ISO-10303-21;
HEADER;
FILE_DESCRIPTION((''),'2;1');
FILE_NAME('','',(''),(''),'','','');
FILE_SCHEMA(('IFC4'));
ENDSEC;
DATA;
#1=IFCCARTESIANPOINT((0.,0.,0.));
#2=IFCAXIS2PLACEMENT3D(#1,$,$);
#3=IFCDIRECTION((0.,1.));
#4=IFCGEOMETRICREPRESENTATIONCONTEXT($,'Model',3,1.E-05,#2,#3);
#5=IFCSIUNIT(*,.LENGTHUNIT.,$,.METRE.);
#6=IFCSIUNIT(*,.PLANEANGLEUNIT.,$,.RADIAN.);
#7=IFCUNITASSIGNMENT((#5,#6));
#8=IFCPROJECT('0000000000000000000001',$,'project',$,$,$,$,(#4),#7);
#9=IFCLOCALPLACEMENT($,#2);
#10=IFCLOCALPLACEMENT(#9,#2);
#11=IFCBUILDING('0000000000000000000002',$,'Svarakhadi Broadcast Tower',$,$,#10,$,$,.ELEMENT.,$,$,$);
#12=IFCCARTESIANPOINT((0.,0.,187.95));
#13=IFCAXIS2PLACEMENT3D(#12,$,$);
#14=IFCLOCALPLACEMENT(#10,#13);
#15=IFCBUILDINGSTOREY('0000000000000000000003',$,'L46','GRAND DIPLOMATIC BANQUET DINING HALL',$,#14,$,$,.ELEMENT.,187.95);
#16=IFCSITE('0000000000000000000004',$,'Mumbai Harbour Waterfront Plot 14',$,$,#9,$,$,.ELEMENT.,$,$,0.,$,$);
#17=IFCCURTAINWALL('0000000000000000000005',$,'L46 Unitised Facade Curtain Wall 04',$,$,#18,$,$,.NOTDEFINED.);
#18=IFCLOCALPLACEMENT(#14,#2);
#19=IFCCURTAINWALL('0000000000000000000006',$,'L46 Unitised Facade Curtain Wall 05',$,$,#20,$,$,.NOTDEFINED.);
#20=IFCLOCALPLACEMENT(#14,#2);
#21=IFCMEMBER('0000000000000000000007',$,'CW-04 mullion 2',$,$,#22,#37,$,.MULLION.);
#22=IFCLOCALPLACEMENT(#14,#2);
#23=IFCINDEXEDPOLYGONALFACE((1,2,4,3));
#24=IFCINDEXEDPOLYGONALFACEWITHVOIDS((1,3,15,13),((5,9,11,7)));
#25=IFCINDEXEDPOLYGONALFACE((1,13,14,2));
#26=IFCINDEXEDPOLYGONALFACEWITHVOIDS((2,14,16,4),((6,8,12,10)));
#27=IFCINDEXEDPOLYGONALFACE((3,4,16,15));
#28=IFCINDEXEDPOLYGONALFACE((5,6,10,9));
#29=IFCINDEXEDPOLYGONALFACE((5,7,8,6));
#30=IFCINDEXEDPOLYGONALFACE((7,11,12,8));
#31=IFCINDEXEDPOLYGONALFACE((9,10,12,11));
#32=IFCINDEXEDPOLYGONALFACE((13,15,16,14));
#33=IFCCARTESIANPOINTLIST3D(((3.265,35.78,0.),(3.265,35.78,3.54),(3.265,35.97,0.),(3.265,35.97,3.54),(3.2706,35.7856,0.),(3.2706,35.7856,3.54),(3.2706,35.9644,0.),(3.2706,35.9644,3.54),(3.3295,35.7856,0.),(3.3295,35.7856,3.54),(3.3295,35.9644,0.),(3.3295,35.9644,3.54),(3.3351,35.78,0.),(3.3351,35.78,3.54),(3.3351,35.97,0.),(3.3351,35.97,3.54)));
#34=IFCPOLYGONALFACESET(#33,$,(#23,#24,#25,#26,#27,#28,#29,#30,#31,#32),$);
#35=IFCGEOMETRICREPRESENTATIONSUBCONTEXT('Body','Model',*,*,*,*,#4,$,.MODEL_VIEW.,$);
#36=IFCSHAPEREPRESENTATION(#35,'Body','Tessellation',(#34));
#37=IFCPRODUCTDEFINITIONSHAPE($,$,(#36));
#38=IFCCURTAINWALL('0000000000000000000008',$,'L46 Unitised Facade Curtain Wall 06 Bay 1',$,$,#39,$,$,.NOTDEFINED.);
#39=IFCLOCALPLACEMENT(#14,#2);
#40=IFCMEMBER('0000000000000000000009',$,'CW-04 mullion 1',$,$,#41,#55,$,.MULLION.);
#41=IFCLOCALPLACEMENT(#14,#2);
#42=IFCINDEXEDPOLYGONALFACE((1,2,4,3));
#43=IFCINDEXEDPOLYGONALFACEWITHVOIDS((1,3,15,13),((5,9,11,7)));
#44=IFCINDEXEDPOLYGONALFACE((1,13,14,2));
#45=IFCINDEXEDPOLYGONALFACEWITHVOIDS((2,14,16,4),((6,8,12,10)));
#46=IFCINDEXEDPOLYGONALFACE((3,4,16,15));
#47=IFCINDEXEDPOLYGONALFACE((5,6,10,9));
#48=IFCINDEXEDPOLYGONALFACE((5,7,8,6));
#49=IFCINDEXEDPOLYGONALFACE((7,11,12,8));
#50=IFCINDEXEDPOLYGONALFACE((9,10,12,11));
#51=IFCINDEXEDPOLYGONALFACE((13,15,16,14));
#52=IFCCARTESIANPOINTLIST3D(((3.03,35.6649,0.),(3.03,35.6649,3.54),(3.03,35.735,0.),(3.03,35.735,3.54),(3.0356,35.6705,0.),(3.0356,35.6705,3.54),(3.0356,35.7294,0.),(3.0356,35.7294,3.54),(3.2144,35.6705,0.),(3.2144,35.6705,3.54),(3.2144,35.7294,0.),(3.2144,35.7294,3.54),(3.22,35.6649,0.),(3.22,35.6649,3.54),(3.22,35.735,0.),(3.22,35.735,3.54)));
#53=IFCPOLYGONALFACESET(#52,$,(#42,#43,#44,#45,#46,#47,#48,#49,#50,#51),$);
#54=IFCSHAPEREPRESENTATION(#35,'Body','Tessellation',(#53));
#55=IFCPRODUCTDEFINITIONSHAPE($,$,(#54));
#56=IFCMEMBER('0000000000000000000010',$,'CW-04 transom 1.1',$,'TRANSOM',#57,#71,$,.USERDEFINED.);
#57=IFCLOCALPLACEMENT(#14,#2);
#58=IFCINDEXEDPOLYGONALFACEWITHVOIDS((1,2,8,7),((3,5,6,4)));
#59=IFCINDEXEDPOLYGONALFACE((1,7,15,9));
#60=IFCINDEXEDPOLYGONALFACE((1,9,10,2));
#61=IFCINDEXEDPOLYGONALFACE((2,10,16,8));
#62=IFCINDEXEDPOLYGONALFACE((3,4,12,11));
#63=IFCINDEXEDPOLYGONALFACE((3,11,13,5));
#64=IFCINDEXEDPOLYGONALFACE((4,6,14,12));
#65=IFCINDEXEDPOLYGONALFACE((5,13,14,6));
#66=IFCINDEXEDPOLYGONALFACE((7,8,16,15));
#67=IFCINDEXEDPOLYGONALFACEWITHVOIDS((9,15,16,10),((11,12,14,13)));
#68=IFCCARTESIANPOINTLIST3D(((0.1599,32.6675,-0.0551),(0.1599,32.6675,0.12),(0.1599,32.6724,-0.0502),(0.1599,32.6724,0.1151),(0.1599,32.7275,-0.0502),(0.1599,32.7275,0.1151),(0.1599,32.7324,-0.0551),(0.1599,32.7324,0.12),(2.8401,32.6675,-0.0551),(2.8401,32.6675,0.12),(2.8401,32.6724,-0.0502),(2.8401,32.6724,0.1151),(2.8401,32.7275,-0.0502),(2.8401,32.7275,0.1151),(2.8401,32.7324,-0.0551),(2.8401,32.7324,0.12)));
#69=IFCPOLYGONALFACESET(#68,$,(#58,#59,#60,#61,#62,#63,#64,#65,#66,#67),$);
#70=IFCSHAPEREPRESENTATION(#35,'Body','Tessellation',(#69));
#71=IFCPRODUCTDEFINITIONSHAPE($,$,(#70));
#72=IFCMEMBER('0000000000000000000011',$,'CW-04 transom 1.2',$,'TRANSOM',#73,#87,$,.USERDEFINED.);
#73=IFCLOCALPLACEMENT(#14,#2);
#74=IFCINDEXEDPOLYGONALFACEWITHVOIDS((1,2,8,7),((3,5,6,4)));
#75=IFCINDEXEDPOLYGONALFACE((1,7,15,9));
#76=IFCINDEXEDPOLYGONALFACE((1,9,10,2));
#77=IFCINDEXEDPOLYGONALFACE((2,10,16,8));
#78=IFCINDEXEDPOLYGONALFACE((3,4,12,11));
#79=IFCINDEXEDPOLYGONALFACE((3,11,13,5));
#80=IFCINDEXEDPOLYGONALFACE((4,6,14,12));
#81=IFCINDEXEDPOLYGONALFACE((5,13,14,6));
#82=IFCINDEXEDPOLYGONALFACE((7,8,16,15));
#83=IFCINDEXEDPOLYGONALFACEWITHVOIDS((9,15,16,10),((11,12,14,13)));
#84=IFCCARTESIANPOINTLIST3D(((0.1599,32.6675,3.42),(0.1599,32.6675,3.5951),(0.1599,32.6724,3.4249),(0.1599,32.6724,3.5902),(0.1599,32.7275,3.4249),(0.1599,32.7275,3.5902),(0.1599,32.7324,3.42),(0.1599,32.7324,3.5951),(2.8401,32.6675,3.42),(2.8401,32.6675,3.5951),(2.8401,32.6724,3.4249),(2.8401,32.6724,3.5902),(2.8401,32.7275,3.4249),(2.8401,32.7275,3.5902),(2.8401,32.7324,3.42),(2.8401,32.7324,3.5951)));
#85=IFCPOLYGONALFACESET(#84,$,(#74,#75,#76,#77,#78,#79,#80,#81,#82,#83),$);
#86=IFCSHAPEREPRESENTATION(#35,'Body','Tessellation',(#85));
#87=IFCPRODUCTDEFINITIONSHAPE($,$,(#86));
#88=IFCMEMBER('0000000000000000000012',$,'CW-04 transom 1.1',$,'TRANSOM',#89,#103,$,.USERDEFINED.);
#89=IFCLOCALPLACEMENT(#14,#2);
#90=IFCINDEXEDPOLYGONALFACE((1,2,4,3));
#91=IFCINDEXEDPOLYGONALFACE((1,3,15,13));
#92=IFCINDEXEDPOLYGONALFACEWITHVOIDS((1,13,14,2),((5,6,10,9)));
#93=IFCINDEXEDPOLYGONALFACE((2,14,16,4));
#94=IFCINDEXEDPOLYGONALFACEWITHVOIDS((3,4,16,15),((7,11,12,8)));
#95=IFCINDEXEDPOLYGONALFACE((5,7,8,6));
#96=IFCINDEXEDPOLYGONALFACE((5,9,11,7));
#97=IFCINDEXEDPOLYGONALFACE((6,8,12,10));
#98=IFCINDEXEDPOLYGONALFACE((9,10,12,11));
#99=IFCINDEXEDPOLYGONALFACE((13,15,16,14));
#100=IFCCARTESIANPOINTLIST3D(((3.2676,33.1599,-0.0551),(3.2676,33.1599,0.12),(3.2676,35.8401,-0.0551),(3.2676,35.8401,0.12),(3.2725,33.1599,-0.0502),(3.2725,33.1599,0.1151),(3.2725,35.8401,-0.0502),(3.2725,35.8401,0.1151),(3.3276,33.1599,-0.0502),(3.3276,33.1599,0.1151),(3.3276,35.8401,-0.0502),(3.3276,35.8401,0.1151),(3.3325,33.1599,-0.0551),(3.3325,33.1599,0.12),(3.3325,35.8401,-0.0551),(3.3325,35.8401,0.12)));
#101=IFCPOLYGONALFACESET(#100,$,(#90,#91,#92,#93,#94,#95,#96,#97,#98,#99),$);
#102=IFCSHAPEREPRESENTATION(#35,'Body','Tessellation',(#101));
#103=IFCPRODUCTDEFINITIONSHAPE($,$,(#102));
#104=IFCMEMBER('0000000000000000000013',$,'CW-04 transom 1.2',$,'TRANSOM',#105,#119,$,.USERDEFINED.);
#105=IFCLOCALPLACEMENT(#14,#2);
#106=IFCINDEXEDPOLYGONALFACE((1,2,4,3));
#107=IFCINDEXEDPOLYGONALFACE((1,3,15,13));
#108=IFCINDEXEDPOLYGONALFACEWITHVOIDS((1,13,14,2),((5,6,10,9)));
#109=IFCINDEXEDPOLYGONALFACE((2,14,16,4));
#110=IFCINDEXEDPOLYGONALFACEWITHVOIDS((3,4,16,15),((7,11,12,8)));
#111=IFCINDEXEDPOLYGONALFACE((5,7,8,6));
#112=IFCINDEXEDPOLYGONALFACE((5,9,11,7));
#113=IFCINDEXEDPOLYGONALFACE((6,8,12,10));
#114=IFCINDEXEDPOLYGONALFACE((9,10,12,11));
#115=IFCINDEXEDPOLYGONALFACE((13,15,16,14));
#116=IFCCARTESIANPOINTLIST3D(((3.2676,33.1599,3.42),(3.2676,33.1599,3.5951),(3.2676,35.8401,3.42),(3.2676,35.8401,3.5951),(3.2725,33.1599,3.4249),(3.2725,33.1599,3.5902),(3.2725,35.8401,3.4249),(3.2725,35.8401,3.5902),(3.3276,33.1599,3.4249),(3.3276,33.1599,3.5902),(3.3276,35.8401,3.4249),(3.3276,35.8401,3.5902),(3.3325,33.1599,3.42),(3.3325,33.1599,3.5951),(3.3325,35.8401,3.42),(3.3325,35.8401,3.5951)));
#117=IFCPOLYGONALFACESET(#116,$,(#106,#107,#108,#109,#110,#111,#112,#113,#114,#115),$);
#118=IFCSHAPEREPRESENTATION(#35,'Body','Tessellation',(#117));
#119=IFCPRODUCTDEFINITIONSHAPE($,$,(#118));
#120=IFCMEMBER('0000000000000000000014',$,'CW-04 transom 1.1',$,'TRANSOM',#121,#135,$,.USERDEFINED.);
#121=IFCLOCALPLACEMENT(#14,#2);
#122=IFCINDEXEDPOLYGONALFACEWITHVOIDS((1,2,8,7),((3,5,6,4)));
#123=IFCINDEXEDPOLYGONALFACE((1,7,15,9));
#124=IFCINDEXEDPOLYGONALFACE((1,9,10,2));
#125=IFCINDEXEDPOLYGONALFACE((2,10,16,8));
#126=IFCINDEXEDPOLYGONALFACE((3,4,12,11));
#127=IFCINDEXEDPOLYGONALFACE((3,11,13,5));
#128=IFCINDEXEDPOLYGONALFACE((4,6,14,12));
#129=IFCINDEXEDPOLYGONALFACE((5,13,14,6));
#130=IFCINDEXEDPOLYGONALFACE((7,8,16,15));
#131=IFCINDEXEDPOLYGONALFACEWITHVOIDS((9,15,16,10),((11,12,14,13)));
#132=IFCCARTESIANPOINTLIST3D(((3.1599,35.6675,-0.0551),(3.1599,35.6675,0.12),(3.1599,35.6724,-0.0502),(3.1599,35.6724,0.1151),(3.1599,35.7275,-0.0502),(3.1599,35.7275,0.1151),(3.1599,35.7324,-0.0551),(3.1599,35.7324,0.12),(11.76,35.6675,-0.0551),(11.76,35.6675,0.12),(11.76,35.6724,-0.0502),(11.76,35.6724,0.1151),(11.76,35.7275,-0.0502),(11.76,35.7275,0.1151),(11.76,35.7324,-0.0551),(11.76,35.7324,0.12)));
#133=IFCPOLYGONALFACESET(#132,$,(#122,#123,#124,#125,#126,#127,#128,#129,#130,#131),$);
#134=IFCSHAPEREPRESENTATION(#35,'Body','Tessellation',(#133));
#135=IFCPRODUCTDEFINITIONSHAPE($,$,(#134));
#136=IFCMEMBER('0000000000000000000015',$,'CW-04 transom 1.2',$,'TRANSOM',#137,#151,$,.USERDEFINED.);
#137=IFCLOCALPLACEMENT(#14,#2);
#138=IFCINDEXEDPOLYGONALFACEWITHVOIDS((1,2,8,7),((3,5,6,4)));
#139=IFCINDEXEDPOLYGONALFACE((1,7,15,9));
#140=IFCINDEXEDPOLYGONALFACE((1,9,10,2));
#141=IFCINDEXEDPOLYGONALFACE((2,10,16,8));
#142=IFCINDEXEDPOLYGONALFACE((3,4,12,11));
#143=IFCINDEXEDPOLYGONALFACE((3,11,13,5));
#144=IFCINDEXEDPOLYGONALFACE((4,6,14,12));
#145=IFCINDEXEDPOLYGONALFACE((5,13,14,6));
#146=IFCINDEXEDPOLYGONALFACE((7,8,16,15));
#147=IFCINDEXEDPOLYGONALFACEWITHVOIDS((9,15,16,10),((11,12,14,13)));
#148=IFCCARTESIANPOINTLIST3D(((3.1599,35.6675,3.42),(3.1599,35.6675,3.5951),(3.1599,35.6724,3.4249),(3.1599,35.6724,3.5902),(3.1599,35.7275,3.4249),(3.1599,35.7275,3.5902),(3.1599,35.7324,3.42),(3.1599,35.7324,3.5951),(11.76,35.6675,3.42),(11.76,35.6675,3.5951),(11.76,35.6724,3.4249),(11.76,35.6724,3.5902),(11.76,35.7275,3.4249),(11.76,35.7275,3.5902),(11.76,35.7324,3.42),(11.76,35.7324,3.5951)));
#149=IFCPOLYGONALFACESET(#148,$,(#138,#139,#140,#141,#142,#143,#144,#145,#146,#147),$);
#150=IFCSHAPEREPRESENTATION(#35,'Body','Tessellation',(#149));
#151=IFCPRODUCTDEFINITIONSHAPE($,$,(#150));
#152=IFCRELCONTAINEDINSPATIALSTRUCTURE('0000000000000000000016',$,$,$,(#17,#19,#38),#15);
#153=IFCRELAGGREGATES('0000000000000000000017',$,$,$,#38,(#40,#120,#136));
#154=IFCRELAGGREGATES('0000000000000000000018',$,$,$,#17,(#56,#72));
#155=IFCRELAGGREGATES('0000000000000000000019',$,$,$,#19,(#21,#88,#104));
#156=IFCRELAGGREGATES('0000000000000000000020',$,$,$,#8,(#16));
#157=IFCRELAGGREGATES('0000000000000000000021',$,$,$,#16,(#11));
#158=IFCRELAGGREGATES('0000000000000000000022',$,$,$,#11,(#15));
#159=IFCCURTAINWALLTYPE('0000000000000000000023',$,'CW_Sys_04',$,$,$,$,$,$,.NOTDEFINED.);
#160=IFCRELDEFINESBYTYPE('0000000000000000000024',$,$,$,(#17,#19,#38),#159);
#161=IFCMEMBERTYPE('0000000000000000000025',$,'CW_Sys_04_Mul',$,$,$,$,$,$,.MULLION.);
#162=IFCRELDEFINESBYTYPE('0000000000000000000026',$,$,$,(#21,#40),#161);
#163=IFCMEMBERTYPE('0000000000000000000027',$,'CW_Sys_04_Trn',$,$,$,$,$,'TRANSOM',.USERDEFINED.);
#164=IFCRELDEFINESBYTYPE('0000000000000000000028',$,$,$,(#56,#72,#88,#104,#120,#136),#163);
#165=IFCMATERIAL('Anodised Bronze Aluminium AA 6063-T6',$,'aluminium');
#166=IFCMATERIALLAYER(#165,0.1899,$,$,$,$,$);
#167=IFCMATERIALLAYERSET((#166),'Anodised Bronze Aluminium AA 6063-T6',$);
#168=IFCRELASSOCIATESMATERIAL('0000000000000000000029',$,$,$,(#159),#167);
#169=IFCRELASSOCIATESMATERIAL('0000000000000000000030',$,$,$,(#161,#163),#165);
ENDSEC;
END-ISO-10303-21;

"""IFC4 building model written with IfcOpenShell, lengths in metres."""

from ifc_helpers import new_model, si_unit, direction, frame, origin, origin_2d, place, context, subcontext, project, spatial, hollow_rectangle, extrude, material, layer, layer_set, material_profile, profile_set, type_object, element, aggregate, save


model = new_model("IFC4")

# Units and contexts
model_context = context("Model", 3, precision=1e-05, world=origin(), true_north=direction((0.0, 1.0)))
body_context = subcontext(model_context, "Body", "Model", "MODEL_VIEW")
ifc_project = project(units=[si_unit("LENGTHUNIT", "METRE"), si_unit("PLANEANGLEUNIT", "RADIAN")], contexts=[model_context])

# Site, building, storey
site_placement = place(None, origin())
site = spatial("IfcSite", under=ifc_project, at=site_placement, Name="Mumbai Harbour Waterfront Plot 14", CompositionType="ELEMENT", RefElevation=0.0)
building_placement = place(site_placement, origin())
building = spatial("IfcBuilding", under=site, at=building_placement, Name="Svarakhadi Broadcast Tower", CompositionType="ELEMENT")
storey_placement = place(building_placement, frame((0.0, 0.0, 187.95)))
storey = spatial("IfcBuildingStorey", under=building, at=storey_placement, Name="L46", Description="GRAND DIPLOMATIC BANQUET DINING HALL", CompositionType="ELEMENT", Elevation=187.95)

# Shared definitions
ifc_material_1 = material(Name="Anodised Bronze Aluminium AA 6063-T6", Category="aluminium")
ifc_layer_1 = layer(ifc_material_1, 0.1899)
ifc_layer_set_1 = layer_set([ifc_layer_1], Name="Anodised Bronze Aluminium AA 6063-T6")
curtain_wall_type = type_object("IfcCurtainWallType", Name="CW_Sys_04", PredefinedType="NOTDEFINED", material=ifc_layer_set_1)
ifc_material_profile_1 = material_profile(ifc_material_1, hollow_rectangle(XDim=0.0701, YDim=0.1899, WallThickness=0.0056, at=origin_2d()), Name="ALU MULLION 190x70x6")
ifc_profile_set_1 = profile_set([ifc_material_profile_1], Name="Anodised Bronze Aluminium AA 6063-T6")
member_type_1 = type_object("IfcMemberType", Name="CW_Sys_04_Mul", PredefinedType="MULLION", material=ifc_profile_set_1)

# Curtain walls, member
curtain_wall_1_placement = place(storey_placement, origin())
curtain_wall_1 = element("IfcCurtainWall", 1, at=curtain_wall_1_placement, inside=storey, type_object=curtain_wall_type, Name="L46 Unitised Facade Curtain Wall 04", PredefinedType="NOTDEFINED")
curtain_wall_2_placement = place(storey_placement, origin())
curtain_wall_2 = element("IfcCurtainWall", 2, at=curtain_wall_2_placement, inside=storey, type_object=curtain_wall_type, Name="L46 Unitised Facade Curtain Wall 05", PredefinedType="NOTDEFINED")
member_1_placement = place(storey_placement, frame((3.3, 35.875, 0.0), z_axis=(0.0, 0.0, 1.0), x_axis=(-1.0, 0.0, 0.0)))
member_1 = element("IfcMember", 3, at=member_1_placement, type_object=member_type_1, Name="CW-04 mullion 2", PredefinedType="MULLION", context=body_context, shape_type="SweptSolid", body=[
    extrude(hollow_rectangle(XDim=0.0701, YDim=0.1899, WallThickness=0.0056, at=origin_2d()), origin(), (0.0, 0.0, 1.0), 3.54),
])

# Curtain wall, member
curtain_wall_3_placement = place(storey_placement, origin())
curtain_wall_3 = element("IfcCurtainWall", 4, at=curtain_wall_3_placement, inside=storey, type_object=curtain_wall_type, Name="L46 Unitised Facade Curtain Wall 06 Bay 1", PredefinedType="NOTDEFINED")
member_2_placement = place(storey_placement, frame((3.125, 35.7, 0.0), z_axis=(0.0, 0.0, 1.0), x_axis=(0.0, 1.0, 0.0)))
member_2 = element("IfcMember", 5, at=member_2_placement, type_object=member_type_1, Name="CW-04 mullion 1", PredefinedType="MULLION", context=body_context, shape_type="SweptSolid", body=[
    extrude(hollow_rectangle(XDim=0.0701, YDim=0.1899, WallThickness=0.0056, at=origin_2d()), origin(), (0.0, 0.0, 1.0), 3.54),
])

# Members
ifc_material_profile_2 = material_profile(ifc_material_1, hollow_rectangle(XDim=0.0649, YDim=0.175, WallThickness=0.0049, at=origin_2d()), Name="ALU TRANSOM 175x65x5")
ifc_profile_set_2 = profile_set([ifc_material_profile_2], Name="Anodised Bronze Aluminium AA 6063-T6")
member_type_2 = type_object("IfcMemberType", Name="CW_Sys_04_Trn", ElementType="TRANSOM", PredefinedType="USERDEFINED", material=ifc_profile_set_2)
member_3_placement = place(storey_placement, frame((0.1599, 32.7, 0.0325), z_axis=(1.0, 0.0, 0.0), x_axis=(0.0, 1.0, 0.0)))
member_3 = element("IfcMember", 6, at=member_3_placement, type_object=member_type_2, Name="CW-04 transom 1.1", ObjectType="TRANSOM", PredefinedType="USERDEFINED", context=body_context, shape_type="SweptSolid", body=[
    extrude(hollow_rectangle(XDim=0.0649, YDim=0.175, WallThickness=0.0049, at=origin_2d()), origin(), (0.0, 0.0, 1.0), 2.6802),
])
member_4_placement = place(storey_placement, frame((0.1599, 32.7, 3.5076), z_axis=(1.0, 0.0, 0.0), x_axis=(0.0, 1.0, 0.0)))
member_4 = element("IfcMember", 7, at=member_4_placement, type_object=member_type_2, Name="CW-04 transom 1.2", ObjectType="TRANSOM", PredefinedType="USERDEFINED", context=body_context, shape_type="SweptSolid", body=[
    extrude(hollow_rectangle(XDim=0.0649, YDim=0.175, WallThickness=0.0049, at=origin_2d()), origin(), (0.0, 0.0, 1.0), 2.6802),
])
member_5_placement = place(storey_placement, frame((3.3, 33.1599, 0.0325), z_axis=(0.0, 1.0, 0.0), x_axis=(-1.0, 0.0, 0.0)))
member_5 = element("IfcMember", 8, at=member_5_placement, type_object=member_type_2, Name="CW-04 transom 1.1", ObjectType="TRANSOM", PredefinedType="USERDEFINED", context=body_context, shape_type="SweptSolid", body=[
    extrude(hollow_rectangle(XDim=0.0649, YDim=0.175, WallThickness=0.0049, at=origin_2d()), origin(), (0.0, 0.0, 1.0), 2.6802),
])
member_6_placement = place(storey_placement, frame((3.3, 33.1599, 3.5076), z_axis=(0.0, 1.0, 0.0), x_axis=(-1.0, 0.0, 0.0)))
member_6 = element("IfcMember", 9, at=member_6_placement, type_object=member_type_2, Name="CW-04 transom 1.2", ObjectType="TRANSOM", PredefinedType="USERDEFINED", context=body_context, shape_type="SweptSolid", body=[
    extrude(hollow_rectangle(XDim=0.0649, YDim=0.175, WallThickness=0.0049, at=origin_2d()), origin(), (0.0, 0.0, 1.0), 2.6802),
])
member_7_placement = place(storey_placement, frame((3.1599, 35.7, 0.0325), z_axis=(1.0, 0.0, 0.0), x_axis=(0.0, 1.0, 0.0)))
member_7 = element("IfcMember", 10, at=member_7_placement, type_object=member_type_2, Name="CW-04 transom 1.1", ObjectType="TRANSOM", PredefinedType="USERDEFINED", context=body_context, shape_type="SweptSolid", body=[
    extrude(hollow_rectangle(XDim=0.0649, YDim=0.175, WallThickness=0.0049, at=origin_2d()), origin(), (0.0, 0.0, 1.0), 8.6001),
])
member_8_placement = place(storey_placement, frame((3.1599, 35.7, 3.5076), z_axis=(1.0, 0.0, 0.0), x_axis=(0.0, 1.0, 0.0)))
member_8 = element("IfcMember", 11, at=member_8_placement, type_object=member_type_2, Name="CW-04 transom 1.2", ObjectType="TRANSOM", PredefinedType="USERDEFINED", context=body_context, shape_type="SweptSolid", body=[
    extrude(hollow_rectangle(XDim=0.0649, YDim=0.175, WallThickness=0.0049, at=origin_2d()), origin(), (0.0, 0.0, 1.0), 8.6001),
])
aggregate(curtain_wall_3, [member_2, member_7, member_8])

aggregate(curtain_wall_1, [member_3, member_4])
aggregate(curtain_wall_2, [member_1, member_5, member_6])

save(model, "model.ifc")
